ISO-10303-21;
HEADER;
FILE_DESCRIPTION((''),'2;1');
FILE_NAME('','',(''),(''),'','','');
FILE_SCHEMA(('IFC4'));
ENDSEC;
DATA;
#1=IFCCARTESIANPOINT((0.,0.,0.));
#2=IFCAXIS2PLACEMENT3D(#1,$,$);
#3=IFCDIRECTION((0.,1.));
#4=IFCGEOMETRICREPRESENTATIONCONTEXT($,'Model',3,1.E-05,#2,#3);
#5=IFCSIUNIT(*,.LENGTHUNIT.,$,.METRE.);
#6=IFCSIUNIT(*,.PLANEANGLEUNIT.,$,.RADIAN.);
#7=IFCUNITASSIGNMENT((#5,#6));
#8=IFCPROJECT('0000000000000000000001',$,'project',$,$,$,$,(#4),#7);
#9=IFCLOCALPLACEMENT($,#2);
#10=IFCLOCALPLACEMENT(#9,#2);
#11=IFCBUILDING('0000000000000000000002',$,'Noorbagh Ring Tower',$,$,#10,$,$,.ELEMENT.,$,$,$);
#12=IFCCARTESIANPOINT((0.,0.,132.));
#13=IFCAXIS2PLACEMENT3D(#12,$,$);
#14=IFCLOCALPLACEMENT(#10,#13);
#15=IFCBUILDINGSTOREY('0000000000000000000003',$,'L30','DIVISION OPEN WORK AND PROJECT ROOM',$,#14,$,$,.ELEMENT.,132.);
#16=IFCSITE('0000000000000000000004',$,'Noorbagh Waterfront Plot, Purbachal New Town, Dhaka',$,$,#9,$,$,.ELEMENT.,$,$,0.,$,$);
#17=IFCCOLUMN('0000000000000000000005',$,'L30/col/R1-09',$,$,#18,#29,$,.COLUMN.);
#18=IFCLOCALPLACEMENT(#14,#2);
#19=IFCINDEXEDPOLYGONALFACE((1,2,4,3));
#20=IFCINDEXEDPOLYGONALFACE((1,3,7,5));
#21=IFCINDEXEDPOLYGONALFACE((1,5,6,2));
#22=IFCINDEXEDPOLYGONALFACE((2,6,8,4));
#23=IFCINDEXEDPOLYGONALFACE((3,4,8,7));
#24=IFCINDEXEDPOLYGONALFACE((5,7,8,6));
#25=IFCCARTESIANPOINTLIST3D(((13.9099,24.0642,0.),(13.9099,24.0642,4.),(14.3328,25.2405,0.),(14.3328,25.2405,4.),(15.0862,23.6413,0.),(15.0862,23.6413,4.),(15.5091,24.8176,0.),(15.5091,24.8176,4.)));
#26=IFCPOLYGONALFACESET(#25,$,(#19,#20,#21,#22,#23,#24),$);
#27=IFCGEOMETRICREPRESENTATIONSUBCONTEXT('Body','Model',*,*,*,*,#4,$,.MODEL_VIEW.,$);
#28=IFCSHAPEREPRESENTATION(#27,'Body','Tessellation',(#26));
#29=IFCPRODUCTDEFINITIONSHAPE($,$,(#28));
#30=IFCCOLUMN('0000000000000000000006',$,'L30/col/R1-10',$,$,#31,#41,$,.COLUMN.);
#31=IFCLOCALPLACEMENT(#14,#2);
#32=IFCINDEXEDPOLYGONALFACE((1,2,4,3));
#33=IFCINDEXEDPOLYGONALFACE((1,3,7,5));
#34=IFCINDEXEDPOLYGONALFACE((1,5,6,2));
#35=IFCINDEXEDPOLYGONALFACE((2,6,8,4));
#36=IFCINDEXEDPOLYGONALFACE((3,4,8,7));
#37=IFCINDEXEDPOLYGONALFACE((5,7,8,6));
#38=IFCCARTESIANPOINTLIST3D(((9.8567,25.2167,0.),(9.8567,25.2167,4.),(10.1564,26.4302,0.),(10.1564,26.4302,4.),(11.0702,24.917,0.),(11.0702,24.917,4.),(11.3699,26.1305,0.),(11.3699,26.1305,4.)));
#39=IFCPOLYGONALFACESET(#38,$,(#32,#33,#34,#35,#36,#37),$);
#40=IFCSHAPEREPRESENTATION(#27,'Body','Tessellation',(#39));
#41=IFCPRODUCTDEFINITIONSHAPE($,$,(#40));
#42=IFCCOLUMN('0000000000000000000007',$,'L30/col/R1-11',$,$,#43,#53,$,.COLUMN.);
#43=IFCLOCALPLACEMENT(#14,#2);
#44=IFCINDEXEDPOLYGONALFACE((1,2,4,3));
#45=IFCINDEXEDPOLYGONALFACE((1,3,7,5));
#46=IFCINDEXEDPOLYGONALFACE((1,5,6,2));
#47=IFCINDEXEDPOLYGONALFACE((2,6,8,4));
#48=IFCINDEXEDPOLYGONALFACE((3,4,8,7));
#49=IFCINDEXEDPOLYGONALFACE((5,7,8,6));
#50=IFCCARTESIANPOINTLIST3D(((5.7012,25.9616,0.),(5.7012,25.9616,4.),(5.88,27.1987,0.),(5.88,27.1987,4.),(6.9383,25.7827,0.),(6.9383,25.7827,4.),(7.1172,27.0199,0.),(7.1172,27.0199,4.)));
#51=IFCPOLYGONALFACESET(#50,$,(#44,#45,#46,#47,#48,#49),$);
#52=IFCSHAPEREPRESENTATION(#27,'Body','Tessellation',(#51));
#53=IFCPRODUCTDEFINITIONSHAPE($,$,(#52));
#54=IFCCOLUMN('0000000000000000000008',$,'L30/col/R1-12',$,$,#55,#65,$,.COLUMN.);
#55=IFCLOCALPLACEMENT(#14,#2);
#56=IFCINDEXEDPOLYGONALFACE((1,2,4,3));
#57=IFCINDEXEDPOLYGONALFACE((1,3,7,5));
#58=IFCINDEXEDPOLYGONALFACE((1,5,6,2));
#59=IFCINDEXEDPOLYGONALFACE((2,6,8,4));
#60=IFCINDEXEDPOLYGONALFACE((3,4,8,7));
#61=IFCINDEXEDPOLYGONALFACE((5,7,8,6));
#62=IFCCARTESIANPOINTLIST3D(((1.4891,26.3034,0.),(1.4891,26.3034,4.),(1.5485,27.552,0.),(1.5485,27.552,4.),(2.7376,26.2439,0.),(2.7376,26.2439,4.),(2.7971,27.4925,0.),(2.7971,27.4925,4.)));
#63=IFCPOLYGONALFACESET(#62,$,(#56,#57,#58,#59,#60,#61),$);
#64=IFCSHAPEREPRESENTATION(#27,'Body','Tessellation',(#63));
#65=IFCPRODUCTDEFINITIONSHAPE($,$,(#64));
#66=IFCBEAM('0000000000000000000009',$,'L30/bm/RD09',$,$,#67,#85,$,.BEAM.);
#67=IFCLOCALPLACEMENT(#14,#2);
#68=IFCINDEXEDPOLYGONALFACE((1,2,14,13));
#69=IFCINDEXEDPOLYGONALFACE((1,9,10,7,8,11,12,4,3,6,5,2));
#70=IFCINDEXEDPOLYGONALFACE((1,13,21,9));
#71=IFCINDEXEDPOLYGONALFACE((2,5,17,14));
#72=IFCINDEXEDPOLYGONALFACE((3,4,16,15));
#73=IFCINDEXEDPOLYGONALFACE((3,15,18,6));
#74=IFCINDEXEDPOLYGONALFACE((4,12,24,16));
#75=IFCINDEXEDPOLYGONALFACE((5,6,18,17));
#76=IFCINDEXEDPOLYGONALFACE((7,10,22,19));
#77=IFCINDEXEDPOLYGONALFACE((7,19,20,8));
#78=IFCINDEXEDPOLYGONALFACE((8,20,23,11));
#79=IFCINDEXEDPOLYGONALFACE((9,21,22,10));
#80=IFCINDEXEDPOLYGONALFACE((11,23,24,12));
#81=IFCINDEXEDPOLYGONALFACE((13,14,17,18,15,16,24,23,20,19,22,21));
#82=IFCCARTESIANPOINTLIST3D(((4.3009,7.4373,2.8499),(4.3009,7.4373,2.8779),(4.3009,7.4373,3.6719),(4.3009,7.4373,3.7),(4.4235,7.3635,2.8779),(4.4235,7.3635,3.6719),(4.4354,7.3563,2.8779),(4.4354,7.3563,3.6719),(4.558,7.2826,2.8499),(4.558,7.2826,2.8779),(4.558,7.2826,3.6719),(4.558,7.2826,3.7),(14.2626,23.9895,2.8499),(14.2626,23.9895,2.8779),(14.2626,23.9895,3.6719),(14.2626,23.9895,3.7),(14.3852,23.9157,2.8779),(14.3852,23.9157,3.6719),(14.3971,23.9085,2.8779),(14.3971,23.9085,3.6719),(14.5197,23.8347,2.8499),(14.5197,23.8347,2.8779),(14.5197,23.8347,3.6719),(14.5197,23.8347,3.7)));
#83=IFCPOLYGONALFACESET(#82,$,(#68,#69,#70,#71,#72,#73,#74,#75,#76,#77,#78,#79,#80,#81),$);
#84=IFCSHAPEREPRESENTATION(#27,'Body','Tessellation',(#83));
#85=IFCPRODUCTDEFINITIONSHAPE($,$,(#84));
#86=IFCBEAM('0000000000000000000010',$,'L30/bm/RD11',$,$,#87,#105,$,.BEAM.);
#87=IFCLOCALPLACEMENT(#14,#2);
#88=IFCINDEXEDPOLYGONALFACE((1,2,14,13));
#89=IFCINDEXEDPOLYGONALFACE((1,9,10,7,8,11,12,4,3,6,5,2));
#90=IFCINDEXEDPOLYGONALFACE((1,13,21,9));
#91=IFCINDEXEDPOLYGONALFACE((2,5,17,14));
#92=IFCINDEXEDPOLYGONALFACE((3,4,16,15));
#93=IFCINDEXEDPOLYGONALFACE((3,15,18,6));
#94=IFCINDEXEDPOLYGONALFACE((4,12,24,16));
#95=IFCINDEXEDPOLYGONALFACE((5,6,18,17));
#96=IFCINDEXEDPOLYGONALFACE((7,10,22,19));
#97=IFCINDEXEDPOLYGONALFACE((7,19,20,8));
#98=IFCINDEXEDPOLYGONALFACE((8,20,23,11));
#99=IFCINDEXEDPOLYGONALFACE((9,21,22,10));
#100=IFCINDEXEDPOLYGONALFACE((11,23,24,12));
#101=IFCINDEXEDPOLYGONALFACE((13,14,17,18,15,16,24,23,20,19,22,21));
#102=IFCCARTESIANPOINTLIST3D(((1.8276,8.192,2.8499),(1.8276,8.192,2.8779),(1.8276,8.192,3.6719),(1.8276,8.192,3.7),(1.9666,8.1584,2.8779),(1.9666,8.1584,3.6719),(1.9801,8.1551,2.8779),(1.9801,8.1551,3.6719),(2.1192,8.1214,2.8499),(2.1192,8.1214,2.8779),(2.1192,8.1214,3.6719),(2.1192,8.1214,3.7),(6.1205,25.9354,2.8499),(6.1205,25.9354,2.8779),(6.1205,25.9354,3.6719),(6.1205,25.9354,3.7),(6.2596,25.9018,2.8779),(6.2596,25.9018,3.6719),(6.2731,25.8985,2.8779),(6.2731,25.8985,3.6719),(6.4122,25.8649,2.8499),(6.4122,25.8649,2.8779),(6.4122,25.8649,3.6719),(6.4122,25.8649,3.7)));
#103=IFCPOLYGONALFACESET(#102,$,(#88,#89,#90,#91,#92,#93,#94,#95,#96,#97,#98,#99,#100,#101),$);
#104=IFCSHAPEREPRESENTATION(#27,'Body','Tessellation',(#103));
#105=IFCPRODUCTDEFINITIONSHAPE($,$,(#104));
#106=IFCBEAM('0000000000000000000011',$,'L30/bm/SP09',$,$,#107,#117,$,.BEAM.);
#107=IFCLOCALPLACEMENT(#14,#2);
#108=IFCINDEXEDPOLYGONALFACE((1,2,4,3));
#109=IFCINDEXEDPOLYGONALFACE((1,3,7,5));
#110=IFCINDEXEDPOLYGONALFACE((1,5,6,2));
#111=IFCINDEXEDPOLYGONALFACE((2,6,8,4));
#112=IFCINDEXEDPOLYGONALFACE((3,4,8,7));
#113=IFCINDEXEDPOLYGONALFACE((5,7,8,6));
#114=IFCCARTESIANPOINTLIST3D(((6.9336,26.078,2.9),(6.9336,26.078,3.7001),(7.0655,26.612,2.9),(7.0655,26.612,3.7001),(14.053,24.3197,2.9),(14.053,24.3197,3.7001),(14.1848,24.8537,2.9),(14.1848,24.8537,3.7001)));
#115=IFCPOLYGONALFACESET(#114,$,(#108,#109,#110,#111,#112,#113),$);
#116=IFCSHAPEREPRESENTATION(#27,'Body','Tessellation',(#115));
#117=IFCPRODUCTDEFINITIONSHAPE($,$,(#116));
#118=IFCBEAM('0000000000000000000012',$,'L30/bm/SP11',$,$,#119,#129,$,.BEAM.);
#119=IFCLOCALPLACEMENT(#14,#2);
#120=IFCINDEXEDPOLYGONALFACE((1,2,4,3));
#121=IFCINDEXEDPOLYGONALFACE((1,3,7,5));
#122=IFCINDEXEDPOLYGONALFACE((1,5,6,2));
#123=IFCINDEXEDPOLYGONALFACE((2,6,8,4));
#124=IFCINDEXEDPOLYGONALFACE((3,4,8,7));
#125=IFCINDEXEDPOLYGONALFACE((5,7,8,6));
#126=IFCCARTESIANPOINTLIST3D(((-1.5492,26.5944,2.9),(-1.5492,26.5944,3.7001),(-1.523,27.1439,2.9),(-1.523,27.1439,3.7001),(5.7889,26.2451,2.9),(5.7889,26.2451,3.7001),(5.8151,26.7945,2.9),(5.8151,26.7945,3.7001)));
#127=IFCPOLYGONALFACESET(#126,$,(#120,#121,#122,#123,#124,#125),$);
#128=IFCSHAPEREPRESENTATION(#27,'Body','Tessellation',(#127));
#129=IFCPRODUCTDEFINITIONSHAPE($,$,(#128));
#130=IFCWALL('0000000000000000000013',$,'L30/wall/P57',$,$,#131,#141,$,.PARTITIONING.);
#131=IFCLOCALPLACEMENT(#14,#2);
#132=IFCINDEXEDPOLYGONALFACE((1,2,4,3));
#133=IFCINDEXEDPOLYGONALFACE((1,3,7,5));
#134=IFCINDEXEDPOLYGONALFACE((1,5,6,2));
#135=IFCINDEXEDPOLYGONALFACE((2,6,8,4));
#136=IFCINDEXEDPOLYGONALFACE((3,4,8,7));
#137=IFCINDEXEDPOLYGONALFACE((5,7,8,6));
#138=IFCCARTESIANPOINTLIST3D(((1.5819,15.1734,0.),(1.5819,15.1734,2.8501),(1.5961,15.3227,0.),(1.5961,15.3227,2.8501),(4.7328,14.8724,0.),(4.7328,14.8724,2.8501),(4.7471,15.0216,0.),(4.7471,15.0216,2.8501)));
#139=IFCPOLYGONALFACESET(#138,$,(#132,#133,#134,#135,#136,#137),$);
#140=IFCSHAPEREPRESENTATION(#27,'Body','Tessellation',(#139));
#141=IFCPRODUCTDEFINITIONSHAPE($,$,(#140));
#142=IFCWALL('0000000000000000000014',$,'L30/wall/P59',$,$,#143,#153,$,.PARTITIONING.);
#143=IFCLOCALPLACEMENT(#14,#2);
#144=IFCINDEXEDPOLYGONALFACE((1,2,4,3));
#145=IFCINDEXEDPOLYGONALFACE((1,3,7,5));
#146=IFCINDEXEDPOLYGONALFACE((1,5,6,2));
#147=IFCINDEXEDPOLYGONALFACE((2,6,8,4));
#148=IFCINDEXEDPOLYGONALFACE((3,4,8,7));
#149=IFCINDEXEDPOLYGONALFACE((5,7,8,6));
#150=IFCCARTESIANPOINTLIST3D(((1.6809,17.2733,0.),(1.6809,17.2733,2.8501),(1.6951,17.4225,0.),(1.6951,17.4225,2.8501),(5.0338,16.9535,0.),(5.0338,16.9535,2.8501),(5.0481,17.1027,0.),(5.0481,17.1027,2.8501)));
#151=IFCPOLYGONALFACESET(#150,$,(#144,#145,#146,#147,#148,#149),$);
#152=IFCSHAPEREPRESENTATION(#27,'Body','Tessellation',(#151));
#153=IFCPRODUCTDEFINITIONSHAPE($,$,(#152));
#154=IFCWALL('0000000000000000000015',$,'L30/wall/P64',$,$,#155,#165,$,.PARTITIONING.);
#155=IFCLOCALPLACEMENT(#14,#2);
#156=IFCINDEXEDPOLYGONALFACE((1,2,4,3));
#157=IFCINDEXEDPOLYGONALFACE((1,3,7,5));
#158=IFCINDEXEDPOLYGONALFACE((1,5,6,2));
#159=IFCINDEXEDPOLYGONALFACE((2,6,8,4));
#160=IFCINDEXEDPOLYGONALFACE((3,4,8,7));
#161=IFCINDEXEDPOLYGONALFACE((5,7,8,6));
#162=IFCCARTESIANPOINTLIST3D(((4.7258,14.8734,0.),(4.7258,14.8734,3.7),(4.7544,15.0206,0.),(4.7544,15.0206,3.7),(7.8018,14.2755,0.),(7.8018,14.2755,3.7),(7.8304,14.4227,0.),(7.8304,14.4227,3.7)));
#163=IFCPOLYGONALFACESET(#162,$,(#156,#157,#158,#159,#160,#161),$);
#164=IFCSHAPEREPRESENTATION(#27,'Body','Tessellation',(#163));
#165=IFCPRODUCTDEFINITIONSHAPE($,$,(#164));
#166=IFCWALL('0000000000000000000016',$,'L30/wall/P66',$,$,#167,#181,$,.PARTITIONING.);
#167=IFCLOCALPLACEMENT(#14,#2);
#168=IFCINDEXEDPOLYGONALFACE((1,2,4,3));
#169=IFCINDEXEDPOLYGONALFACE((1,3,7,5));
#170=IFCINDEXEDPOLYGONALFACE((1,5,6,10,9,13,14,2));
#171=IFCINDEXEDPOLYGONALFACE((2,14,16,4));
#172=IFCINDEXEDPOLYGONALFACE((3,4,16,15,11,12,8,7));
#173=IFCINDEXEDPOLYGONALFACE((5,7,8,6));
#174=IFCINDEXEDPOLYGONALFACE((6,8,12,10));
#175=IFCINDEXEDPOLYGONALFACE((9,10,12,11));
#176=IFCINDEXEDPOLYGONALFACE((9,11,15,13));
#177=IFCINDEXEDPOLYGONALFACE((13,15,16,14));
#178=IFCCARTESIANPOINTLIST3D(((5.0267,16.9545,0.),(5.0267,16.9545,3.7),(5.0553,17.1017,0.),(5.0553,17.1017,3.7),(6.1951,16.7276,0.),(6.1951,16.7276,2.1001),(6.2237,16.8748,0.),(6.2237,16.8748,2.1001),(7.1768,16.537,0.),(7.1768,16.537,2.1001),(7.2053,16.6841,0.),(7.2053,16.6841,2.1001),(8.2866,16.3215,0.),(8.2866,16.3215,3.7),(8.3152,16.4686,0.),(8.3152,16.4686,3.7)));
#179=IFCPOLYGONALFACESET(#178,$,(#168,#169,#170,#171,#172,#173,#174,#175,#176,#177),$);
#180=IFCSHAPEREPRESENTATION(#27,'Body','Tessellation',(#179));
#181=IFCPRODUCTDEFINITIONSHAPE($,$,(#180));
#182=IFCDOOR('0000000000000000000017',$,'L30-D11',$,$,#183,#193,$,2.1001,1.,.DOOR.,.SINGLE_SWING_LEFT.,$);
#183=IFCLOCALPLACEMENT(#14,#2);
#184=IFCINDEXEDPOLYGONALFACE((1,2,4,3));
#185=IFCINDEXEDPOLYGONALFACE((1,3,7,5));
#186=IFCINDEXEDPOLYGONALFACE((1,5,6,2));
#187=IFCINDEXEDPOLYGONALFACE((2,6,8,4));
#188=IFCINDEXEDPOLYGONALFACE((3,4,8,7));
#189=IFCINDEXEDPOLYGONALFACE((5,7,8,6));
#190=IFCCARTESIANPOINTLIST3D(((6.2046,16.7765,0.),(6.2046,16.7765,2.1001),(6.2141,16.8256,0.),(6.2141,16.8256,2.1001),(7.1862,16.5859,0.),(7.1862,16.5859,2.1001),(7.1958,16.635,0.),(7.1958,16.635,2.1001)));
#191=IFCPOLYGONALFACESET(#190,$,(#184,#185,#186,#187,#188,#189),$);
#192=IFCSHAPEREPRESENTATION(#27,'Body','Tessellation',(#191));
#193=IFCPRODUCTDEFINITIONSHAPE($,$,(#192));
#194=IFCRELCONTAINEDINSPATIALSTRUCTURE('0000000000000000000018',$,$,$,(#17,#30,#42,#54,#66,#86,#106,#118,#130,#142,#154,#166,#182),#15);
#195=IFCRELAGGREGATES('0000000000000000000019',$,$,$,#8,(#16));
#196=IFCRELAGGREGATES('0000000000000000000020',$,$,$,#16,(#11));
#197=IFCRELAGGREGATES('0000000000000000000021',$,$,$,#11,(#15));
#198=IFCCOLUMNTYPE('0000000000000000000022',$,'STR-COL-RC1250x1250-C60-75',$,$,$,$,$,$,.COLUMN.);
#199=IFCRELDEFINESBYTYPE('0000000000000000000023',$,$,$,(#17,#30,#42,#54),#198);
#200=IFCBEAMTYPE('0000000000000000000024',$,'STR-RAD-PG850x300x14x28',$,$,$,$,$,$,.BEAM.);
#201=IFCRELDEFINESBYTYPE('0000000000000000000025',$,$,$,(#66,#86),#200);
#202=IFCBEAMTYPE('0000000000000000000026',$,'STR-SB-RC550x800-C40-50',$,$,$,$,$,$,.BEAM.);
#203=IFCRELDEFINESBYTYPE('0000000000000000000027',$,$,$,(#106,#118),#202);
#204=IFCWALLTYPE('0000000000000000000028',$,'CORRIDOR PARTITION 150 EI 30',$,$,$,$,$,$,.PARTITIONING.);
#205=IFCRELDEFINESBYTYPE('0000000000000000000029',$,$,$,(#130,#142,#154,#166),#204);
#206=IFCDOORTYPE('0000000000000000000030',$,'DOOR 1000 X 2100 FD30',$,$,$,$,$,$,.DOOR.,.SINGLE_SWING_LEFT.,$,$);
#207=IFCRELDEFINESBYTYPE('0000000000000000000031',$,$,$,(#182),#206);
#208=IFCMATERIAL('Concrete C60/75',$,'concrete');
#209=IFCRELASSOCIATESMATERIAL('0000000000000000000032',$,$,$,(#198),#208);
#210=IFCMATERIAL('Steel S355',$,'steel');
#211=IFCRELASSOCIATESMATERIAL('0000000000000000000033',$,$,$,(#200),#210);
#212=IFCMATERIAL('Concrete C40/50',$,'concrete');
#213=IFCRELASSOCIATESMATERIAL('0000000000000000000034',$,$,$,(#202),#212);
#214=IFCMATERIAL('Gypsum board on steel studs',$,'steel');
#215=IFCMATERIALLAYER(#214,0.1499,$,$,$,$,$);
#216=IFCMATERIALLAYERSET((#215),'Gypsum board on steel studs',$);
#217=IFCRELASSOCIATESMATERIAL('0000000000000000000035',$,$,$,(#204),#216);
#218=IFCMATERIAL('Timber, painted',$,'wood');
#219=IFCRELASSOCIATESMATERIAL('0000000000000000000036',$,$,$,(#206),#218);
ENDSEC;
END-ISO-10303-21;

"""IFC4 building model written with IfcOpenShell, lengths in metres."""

from ifc_helpers import new_model, si_unit, direction, frame, frame_2d, origin, origin_2d, place, context, subcontext, project, spatial, rectangle, i_section, extrude, material, layer, layer_set, material_profile, profile_set, type_object, element, fill, save


model = new_model("IFC4")

# Units and contexts
model_context = context("Model", 3, precision=1e-05, world=origin(), true_north=direction((0.0, 1.0)))
body_context = subcontext(model_context, "Body", "Model", "MODEL_VIEW")
ifc_project = project(units=[si_unit("LENGTHUNIT", "METRE"), si_unit("PLANEANGLEUNIT", "RADIAN")], contexts=[model_context])

# Site, building, storey
site_placement = place(None, origin())
site = spatial("IfcSite", under=ifc_project, at=site_placement, Name="Noorbagh Waterfront Plot, Purbachal New Town, Dhaka", CompositionType="ELEMENT", RefElevation=0.0)
building_placement = place(site_placement, origin())
building = spatial("IfcBuilding", under=site, at=building_placement, Name="Noorbagh Ring Tower", CompositionType="ELEMENT")
storey_placement = place(building_placement, frame((0.0, 0.0, 132.0)))
storey = spatial("IfcBuildingStorey", under=building, at=storey_placement, Name="L30", Description="DIVISION OPEN WORK AND PROJECT ROOM", CompositionType="ELEMENT", Elevation=132.0)

# Columns
ifc_material_1 = material(Name="Concrete C60/75", Category="concrete")
ifc_material_profile_1 = material_profile(ifc_material_1, rectangle(XDim=1.25, YDim=1.25, at=origin_2d()), Name="RC1250x1250")
ifc_profile_set_1 = profile_set([ifc_material_profile_1], Name="Concrete C60/75")
column_type = type_object("IfcColumnType", Name="STR-COL-RC1250x1250-C60-75", PredefinedType="COLUMN", material=ifc_profile_set_1)
for number, where, z_axis, x_axis, name in (
    (1, (14.7095, 24.4409, 0.0), (0.0, 0.0, 1.0), (-0.941025, 0.338338, 0.0), "L30/col/R1-09"),
    (2, (10.6133, 25.6736, 0.0), (0.0, 0.0, 1.0), (-0.970829, 0.239771, 0.0), "L30/col/R1-10"),
    (3, (6.4092, 26.4907, 0.0), (0.0, 0.0, 1.0), (-0.989713, 0.143066, 0.0), "L30/col/R1-11"),
    (4, (2.1431, 26.8979, 0.0), (0.0, 0.0, 1.0), (-0.998869, 0.047553, 0.0), "L30/col/R1-12"),
):
    element("IfcColumn", number, at=place(storey_placement, frame(where, z_axis=z_axis, x_axis=x_axis)), inside=storey, type_object=column_type, Name=name, PredefinedType="COLUMN", context=body_context, shape_type="SweptSolid", body=[
        extrude(rectangle(XDim=1.25, YDim=1.25, at=origin_2d()), origin(), (0.0, 0.0, 1.0), 4.0),
    ])

# Beams
ifc_material_2 = material(Name="Steel S355", Category="steel")
ifc_material_profile_2 = material_profile(ifc_material_2, i_section(OverallWidth=0.3, OverallDepth=0.8501, WebThickness=0.0139, FlangeThickness=0.0281, at=origin_2d()), Name="PG850x300x14x28")
ifc_profile_set_2 = profile_set([ifc_material_profile_2], Name="Steel S355")
beam_type_1 = type_object("IfcBeamType", Name="STR-RAD-PG850x300x14x28", PredefinedType="BEAM", material=ifc_profile_set_2)
beam_1_placement = place(storey_placement, frame((14.3911, 23.9121, 3.2749), z_axis=(-0.515649, -0.8568, 0.0), x_axis=(0.8568, -0.515649, 0.0)))
element("IfcBeam", 5, at=beam_1_placement, inside=storey, type_object=beam_type_1, Name="L30/bm/RD09", PredefinedType="BEAM", context=body_context, shape_type="SweptSolid", body=[
    extrude(i_section(OverallWidth=0.3, OverallDepth=0.8501, WebThickness=0.0139, FlangeThickness=0.0281, at=origin_2d()), origin(), (0.0, 0.0, 1.0), 19.3186),
])
beam_2_placement = place(storey_placement, frame((6.2664, 25.9001, 3.2749), z_axis=(-0.235162, -0.971956, 0.0), x_axis=(0.971956, -0.235162, 0.0)))
element("IfcBeam", 6, at=beam_2_placement, inside=storey, type_object=beam_type_1, Name="L30/bm/RD11", PredefinedType="BEAM", context=body_context, shape_type="SweptSolid", body=[
    extrude(i_section(OverallWidth=0.3, OverallDepth=0.8501, WebThickness=0.0139, FlangeThickness=0.0281, at=origin_2d()), origin(), (0.0, 0.0, 1.0), 18.2554),
])
ifc_material_3 = material(Name="Concrete C40/50", Category="concrete")
ifc_material_profile_3 = material_profile(ifc_material_3, rectangle(XDim=0.55, YDim=0.8, at=origin_2d()), Name="RC550x800")
ifc_profile_set_3 = profile_set([ifc_material_profile_3], Name="Concrete C40/50")
beam_type_2 = type_object("IfcBeamType", Name="STR-SB-RC550x800-C40-50", PredefinedType="BEAM", material=ifc_profile_set_3)
beam_3_placement = place(storey_placement, frame((14.1189, 24.5867, 3.3), z_axis=(-0.97083, 0.239769, 0.0), x_axis=(-0.239769, -0.97083, 0.0)))
element("IfcBeam", 7, at=beam_3_placement, inside=storey, type_object=beam_type_2, Name="L30/bm/SP09", PredefinedType="BEAM", context=body_context, shape_type="SweptSolid", body=[
    extrude(rectangle(XDim=0.55, YDim=0.8, at=origin_2d()), origin(), (0.0, 0.0, 1.0), 7.3333),
])
beam_4_placement = place(storey_placement, frame((5.802, 26.5198, 3.3), z_axis=(-0.998869, 0.047556, 0.0), x_axis=(-0.047556, -0.998869, 0.0)))
element("IfcBeam", 8, at=beam_4_placement, inside=storey, type_object=beam_type_2, Name="L30/bm/SP11", PredefinedType="BEAM", context=body_context, shape_type="SweptSolid", body=[
    extrude(rectangle(XDim=0.55, YDim=0.8, at=origin_2d()), origin(), (0.0, 0.0, 1.0), 7.3464),
])

# Walls
ifc_material_4 = material(Name="Gypsum board on steel studs", Category="steel")
ifc_layer_1 = layer(ifc_material_4, 0.1499)
ifc_layer_set_1 = layer_set([ifc_layer_1], Name="Gypsum board on steel studs")
wall_type_1 = type_object("IfcWallType", Name="CORRIDOR PARTITION 150 EI 30", PredefinedType="PARTITIONING", material=ifc_layer_set_1)
wall_1_placement = place(storey_placement, frame((1.5891, 15.248, 0.0), z_axis=(0.0, 0.0, 1.0), x_axis=(0.995467, -0.095104, 0.0)))
element("IfcWall", 9, at=wall_1_placement, inside=storey, type_object=wall_type_1, Name="L30/wall/P57", PredefinedType="PARTITIONING", context=body_context, shape_type="SweptSolid", body=[
    extrude(rectangle(XDim=3.1653, YDim=0.1499, at=frame_2d((1.5825, 0.0))), origin(), (0.0, 0.0, 1.0), 2.8501),
])
wall_2_placement = place(storey_placement, frame((1.688, 17.3479, 0.0), z_axis=(0.0, 0.0, 1.0), x_axis=(0.995482, -0.094953, 0.0)))
element("IfcWall", 10, at=wall_2_placement, inside=storey, type_object=wall_type_1, Name="L30/wall/P59", PredefinedType="PARTITIONING", context=body_context, shape_type="SweptSolid", body=[
    extrude(rectangle(XDim=3.3682, YDim=0.1499, at=frame_2d((1.6841, 0.0))), origin(), (0.0, 0.0, 1.0), 2.8501),
])
wall_3_placement = place(storey_placement, frame((4.74, 14.947, 0.0), z_axis=(0.0, 0.0, 1.0), x_axis=(0.981627, -0.190809, 0.0)))
element("IfcWall", 11, at=wall_3_placement, inside=storey, type_object=wall_type_1, Name="L30/wall/P64", PredefinedType="PARTITIONING", context=body_context, shape_type="SweptSolid", body=[
    extrude(rectangle(XDim=3.1335, YDim=0.1499, at=frame_2d((1.5669, 0.0))), origin(), (0.0, 0.0, 1.0), 3.7),
])

# Wall, opening, door
wall_4_placement = place(storey_placement, frame((5.041, 17.0281, 0.0), z_axis=(0.0, 0.0, 1.0), x_axis=(0.981662, -0.190628, 0.0)))
wall_4 = element("IfcWall", 12, at=wall_4_placement, inside=storey, type_object=wall_type_1, Name="L30/wall/P66", PredefinedType="PARTITIONING", context=body_context, shape_type="SweptSolid", body=[
    extrude(rectangle(XDim=3.3208, YDim=0.1499, at=frame_2d((1.6604, 0.0))), origin(), (0.0, 0.0, 1.0), 3.7),
])
opening_1_placement = place(wall_4_placement, frame((1.1902, 0.0, 0.0)))
opening_1 = element("IfcOpeningElement", 13, at=opening_1_placement, cuts=wall_4, PredefinedType="OPENING", context=body_context, shape_type="SweptSolid", body=[
    extrude(rectangle(XDim=1.0, YDim=2.1001, at=frame_2d((0.5, 1.05))), frame((0.0, 0.085, 0.0), z_axis=(0.0, -1.0, 0.0), x_axis=(1.0, 0.0, 0.0)), (0.0, 0.0, 1.0), 0.1699),
])
ifc_material_5 = material(Name="Timber, painted", Category="wood")
door_type = type_object("IfcDoorType", Name="DOOR 1000 X 2100 FD30", OperationType="SINGLE_SWING_LEFT", PredefinedType="DOOR", material=ifc_material_5)
door_1_placement = place(opening_1_placement, origin())
door_1 = element("IfcDoor", 14, at=door_1_placement, inside=storey, type_object=door_type, Name="L30-D11", OperationType="SINGLE_SWING_LEFT", OverallHeight=2.1001, OverallWidth=1.0, PredefinedType="DOOR", context=body_context, shape_type="SweptSolid", body=[
    extrude(rectangle(XDim=1.0, YDim=2.1001, at=frame_2d((0.5, 1.05))), frame((0.0, 0.0249, 0.0), z_axis=(0.0, -1.0, 0.0), x_axis=(1.0, 0.0, 0.0)), (0.0, 0.0, 1.0), 0.05),
])
fill(opening_1, door_1)

save(model, "model.ifc")
